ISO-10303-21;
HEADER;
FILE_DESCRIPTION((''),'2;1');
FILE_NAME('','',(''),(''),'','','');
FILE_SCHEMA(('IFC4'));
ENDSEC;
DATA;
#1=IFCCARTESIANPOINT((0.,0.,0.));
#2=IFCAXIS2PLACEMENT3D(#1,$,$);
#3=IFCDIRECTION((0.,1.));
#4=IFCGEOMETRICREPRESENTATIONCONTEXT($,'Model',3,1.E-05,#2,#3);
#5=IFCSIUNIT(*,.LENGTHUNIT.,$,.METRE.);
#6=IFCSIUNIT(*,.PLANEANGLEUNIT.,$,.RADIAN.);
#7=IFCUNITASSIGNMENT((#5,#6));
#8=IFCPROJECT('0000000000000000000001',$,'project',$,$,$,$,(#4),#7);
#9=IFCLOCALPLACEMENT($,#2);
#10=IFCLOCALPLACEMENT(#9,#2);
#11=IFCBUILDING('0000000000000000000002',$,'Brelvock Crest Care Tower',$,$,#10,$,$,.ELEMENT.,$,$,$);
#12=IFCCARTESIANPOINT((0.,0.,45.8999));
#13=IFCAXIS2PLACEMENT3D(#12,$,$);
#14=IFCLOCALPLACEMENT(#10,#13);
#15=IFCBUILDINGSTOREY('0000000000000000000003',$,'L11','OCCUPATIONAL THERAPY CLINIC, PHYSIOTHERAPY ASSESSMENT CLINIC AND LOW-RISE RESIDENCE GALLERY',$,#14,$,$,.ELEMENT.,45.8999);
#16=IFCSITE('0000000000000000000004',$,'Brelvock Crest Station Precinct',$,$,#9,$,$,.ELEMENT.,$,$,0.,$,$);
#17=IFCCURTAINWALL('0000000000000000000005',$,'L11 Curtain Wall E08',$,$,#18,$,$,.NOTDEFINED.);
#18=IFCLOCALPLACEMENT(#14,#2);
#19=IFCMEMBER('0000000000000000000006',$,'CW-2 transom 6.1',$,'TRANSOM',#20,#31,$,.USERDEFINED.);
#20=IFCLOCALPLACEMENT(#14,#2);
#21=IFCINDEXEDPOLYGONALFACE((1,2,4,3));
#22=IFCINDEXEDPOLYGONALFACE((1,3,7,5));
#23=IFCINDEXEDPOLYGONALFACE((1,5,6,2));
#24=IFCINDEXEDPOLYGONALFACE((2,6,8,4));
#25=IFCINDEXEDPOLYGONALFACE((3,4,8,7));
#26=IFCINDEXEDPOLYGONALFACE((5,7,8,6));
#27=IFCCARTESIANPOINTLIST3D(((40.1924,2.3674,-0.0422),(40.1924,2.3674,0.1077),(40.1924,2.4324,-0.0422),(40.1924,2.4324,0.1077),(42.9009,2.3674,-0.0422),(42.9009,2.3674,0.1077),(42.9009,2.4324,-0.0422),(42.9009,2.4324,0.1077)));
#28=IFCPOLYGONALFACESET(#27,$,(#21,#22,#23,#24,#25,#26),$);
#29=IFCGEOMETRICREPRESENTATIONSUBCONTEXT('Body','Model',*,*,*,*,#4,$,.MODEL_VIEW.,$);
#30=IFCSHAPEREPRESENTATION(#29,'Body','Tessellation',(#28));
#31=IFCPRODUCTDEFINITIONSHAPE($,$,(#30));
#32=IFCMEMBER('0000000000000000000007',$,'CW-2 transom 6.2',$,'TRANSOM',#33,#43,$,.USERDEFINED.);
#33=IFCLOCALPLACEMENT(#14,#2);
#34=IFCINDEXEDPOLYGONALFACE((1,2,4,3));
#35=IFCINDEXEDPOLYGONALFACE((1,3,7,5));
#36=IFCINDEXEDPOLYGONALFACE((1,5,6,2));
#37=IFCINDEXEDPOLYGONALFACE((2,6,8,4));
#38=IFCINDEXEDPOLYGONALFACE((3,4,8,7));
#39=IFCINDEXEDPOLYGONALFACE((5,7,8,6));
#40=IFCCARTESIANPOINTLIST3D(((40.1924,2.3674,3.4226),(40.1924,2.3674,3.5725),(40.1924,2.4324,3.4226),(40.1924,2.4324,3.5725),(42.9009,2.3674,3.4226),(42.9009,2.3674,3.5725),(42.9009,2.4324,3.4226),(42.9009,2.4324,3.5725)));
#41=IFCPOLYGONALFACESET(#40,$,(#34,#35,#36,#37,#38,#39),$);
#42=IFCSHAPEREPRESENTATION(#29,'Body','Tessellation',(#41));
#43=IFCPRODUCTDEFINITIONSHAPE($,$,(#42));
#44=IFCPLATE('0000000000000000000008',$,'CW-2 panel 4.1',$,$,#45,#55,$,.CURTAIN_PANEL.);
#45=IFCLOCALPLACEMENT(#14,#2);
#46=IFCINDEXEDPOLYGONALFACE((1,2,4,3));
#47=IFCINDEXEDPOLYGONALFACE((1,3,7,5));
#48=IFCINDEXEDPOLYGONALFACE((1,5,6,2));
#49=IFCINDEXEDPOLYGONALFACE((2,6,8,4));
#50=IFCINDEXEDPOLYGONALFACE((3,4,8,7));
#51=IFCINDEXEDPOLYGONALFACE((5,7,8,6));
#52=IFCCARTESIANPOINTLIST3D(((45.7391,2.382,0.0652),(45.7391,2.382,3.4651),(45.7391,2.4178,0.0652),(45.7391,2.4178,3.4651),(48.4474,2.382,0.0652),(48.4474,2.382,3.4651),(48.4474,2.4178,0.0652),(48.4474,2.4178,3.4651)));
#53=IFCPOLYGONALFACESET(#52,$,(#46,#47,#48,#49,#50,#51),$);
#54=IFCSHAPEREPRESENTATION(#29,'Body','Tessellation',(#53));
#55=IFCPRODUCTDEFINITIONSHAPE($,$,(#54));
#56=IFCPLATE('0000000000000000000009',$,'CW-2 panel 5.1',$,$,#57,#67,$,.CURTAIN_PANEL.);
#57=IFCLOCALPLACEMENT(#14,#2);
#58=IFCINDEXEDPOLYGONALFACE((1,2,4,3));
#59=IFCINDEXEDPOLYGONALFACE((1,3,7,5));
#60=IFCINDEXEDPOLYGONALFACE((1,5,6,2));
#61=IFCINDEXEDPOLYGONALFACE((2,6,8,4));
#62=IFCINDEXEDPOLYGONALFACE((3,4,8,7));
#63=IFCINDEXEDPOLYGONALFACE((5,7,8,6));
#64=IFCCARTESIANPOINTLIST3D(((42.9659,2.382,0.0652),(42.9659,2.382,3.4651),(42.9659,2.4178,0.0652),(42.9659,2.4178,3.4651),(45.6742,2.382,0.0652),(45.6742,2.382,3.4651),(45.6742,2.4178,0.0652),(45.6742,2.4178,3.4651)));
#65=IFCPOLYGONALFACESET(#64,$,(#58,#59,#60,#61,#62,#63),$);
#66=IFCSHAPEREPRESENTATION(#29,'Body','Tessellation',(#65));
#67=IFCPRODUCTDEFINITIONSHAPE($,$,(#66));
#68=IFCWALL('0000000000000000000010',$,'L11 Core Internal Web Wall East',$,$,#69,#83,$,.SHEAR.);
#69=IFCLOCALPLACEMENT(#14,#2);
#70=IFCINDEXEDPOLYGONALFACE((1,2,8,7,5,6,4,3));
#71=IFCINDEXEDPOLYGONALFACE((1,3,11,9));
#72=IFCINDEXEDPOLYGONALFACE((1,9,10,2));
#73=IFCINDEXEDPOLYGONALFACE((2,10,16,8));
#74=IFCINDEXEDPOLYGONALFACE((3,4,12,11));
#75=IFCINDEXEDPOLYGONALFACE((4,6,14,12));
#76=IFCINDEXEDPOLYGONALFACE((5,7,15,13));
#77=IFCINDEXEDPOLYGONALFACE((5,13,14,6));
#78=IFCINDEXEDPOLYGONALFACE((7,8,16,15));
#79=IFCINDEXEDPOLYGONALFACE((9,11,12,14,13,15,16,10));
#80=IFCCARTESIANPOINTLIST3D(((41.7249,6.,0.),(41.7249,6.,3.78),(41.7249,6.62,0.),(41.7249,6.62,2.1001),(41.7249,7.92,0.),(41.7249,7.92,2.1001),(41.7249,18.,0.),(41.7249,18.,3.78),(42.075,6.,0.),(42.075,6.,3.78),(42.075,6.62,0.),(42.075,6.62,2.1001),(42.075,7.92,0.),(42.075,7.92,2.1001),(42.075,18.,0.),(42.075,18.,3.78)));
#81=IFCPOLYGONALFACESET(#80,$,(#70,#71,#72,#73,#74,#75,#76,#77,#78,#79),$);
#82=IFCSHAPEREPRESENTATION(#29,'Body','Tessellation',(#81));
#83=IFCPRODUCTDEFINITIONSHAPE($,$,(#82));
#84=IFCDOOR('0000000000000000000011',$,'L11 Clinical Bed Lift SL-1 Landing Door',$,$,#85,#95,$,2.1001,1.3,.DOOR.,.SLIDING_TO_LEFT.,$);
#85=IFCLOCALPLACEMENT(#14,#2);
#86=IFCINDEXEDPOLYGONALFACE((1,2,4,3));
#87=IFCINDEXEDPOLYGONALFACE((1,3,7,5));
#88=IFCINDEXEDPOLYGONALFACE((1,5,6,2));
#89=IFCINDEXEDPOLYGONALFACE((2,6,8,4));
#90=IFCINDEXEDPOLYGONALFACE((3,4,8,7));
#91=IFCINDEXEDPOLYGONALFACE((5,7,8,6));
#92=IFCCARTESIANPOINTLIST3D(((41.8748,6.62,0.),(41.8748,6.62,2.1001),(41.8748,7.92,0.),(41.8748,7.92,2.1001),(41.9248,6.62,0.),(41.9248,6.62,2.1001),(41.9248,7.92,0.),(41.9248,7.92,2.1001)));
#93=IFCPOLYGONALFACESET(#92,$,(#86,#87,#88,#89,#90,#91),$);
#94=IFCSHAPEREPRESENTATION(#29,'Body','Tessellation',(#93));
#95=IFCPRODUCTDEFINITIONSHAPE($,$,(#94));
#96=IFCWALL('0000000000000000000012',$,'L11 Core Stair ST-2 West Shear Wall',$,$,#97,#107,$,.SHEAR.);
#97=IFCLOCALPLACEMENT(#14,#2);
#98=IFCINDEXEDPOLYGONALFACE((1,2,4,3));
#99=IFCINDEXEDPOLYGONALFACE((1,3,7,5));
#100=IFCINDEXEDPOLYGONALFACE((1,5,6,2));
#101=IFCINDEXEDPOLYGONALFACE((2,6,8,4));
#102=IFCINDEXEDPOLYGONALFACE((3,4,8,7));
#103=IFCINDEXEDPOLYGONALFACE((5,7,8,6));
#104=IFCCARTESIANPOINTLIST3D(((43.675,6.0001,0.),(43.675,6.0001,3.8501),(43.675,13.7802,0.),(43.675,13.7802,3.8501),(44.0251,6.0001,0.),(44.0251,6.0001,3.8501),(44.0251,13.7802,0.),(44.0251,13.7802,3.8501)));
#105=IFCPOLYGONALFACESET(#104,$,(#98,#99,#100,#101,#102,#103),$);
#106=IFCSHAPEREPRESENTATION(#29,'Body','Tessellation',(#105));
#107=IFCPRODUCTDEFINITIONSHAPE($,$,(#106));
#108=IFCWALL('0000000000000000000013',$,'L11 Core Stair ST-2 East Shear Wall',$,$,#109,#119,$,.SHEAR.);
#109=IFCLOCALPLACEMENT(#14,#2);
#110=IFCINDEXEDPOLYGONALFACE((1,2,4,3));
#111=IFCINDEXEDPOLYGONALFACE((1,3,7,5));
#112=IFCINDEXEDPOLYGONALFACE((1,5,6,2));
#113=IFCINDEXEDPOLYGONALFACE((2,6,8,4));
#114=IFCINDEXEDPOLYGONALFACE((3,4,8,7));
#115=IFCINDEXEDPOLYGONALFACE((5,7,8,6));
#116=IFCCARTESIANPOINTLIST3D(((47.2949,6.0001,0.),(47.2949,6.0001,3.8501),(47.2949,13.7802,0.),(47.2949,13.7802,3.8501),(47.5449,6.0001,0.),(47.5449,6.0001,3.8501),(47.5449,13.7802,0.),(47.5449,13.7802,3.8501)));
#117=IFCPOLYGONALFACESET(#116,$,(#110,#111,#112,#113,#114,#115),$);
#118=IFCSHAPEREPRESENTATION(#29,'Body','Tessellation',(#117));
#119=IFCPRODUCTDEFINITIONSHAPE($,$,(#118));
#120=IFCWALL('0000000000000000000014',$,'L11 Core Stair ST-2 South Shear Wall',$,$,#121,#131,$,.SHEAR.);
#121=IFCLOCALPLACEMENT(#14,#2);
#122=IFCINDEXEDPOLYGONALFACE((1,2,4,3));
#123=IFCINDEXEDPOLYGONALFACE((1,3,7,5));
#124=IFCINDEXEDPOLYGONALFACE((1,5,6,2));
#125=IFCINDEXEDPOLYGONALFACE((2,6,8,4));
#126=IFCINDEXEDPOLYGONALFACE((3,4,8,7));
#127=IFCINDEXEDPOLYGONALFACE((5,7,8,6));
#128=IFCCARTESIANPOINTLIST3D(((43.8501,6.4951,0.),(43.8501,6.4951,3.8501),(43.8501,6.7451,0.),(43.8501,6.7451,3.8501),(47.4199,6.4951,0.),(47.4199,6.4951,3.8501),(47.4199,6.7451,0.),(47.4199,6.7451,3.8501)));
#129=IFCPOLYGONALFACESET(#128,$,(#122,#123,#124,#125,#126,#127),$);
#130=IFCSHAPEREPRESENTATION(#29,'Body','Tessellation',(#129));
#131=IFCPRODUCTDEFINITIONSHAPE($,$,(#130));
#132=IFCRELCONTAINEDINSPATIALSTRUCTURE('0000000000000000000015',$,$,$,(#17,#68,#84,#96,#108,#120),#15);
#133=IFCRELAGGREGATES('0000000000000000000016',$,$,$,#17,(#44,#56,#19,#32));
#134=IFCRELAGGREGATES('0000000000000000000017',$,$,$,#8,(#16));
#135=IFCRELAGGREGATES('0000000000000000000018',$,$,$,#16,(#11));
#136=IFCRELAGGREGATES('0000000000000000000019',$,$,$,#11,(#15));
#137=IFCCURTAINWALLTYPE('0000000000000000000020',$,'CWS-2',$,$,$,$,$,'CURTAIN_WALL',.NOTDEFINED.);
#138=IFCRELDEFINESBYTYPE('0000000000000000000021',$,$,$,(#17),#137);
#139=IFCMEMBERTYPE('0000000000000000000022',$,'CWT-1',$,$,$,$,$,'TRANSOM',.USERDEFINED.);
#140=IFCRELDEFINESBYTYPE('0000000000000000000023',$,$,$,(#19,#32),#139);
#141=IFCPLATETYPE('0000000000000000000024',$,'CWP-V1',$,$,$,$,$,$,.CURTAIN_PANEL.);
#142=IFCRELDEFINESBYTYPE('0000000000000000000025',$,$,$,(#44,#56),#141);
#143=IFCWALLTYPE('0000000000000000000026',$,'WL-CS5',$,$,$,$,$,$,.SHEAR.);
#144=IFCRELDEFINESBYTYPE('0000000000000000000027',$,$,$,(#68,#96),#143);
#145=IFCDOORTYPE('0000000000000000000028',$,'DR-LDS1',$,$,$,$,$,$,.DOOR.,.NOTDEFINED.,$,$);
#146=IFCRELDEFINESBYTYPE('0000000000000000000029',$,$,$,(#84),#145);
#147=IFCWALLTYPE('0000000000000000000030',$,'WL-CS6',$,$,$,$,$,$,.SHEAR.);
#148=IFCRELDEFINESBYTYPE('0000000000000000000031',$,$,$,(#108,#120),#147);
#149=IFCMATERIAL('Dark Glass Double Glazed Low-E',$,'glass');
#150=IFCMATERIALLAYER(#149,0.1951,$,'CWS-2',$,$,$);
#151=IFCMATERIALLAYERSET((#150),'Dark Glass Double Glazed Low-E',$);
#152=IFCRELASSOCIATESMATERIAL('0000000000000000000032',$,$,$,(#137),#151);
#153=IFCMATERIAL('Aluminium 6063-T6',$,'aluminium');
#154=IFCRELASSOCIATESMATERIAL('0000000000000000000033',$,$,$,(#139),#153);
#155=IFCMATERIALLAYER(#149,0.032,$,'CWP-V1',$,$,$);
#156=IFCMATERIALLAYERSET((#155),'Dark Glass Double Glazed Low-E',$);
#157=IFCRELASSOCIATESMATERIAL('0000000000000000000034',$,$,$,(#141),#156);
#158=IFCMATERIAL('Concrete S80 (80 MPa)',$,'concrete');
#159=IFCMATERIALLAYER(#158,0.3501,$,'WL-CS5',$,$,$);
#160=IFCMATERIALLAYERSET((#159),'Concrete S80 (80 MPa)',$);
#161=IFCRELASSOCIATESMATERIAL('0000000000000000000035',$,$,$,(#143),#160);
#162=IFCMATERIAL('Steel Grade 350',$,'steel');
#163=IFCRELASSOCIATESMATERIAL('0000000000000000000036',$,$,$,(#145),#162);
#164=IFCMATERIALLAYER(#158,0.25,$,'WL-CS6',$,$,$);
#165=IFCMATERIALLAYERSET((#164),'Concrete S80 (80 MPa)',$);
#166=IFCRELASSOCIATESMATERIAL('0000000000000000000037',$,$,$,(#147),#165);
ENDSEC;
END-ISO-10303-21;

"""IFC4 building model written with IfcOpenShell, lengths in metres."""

from ifc_helpers import new_model, si_unit, direction, frame, frame_2d, origin, origin_2d, place, context, subcontext, project, spatial, rectangle, extrude, source, transform, mapped, material, layer, layer_set, material_profile, profile_set, type_object, element, fill, aggregate, save


model = new_model("IFC4")

# Units and contexts
model_context = context("Model", 3, precision=1e-05, world=origin(), true_north=direction((0.0, 1.0)))
body_context = subcontext(model_context, "Body", "Model", "MODEL_VIEW")
ifc_project = project(units=[si_unit("LENGTHUNIT", "METRE"), si_unit("PLANEANGLEUNIT", "RADIAN")], contexts=[model_context])

# Site, building, storey
site_placement = place(None, origin())
site = spatial("IfcSite", under=ifc_project, at=site_placement, Name="Brelvock Crest Station Precinct", CompositionType="ELEMENT", RefElevation=0.0)
building_placement = place(site_placement, origin())
building = spatial("IfcBuilding", under=site, at=building_placement, Name="Brelvock Crest Care Tower", CompositionType="ELEMENT")
storey_placement = place(building_placement, frame((0.0, 0.0, 45.8999)))
storey = spatial("IfcBuildingStorey", under=building, at=storey_placement, Name="L11", Description="OCCUPATIONAL THERAPY CLINIC, PHYSIOTHERAPY ASSESSMENT CLINIC AND LOW-RISE RESIDENCE GALLERY", CompositionType="ELEMENT", Elevation=45.8999)

# Shared definitions
ifc_material_1 = material(Name="Concrete S80 (80 MPa)", Category="concrete")

# Shared definitions
ifc_material_2 = material(Name="Steel Grade 350", Category="steel")

# Curtain wall, members, plates
ifc_material_3 = material(Name="Dark Glass Double Glazed Low-E", Category="glass")
ifc_layer_1 = layer(ifc_material_3, 0.1951, Name="CWS-2")
ifc_layer_set_1 = layer_set([ifc_layer_1], Name="Dark Glass Double Glazed Low-E")
curtain_wall_type = type_object("IfcCurtainWallType", Name="CWS-2", ElementType="CURTAIN_WALL", PredefinedType="NOTDEFINED", material=ifc_layer_set_1)
curtain_wall_placement = place(storey_placement, origin())
curtain_wall = element("IfcCurtainWall", 1, at=curtain_wall_placement, inside=storey, type_object=curtain_wall_type, Name="L11 Curtain Wall E08", PredefinedType="NOTDEFINED")
ifc_material_4 = material(Name="Aluminium 6063-T6", Category="aluminium")
ifc_material_profile_1 = material_profile(ifc_material_4, rectangle(XDim=0.0649, YDim=0.1499, at=origin_2d()), Name="ALU65x150")
ifc_profile_set_1 = profile_set([ifc_material_profile_1], Name="Aluminium 6063-T6")
member_type_1 = type_object("IfcMemberType", Name="CWT-1", ElementType="TRANSOM", PredefinedType="USERDEFINED", material=ifc_profile_set_1)
shared_shape_1 = source(origin(), body_context, "Body", "SweptSolid", [
    extrude(rectangle(XDim=0.0649, YDim=0.1499, at=origin_2d()), origin(), (0.0, 0.0, 1.0), 2.7085),
])
member_1_placement = place(storey_placement, frame((42.9009, 2.3999, 0.0327), z_axis=(-1.0, 0.0, 0.0), x_axis=(0.0, -1.0, 0.0)))
member_1 = element("IfcMember", 2, at=member_1_placement, type_object=member_type_1, Name="CW-2 transom 6.1", ObjectType="TRANSOM", PredefinedType="USERDEFINED", context=body_context, shape_type="MappedRepresentation", body=[
    mapped(shared_shape_1, transform((0.0, 0.0, 0.0), x_axis=(1.0, 0.0, 0.0), y_axis=(0.0, 1.0, 0.0), z_axis=(0.0, 0.0, 1.0), scale=1.0)),
])
member_2_placement = place(storey_placement, frame((42.9009, 2.3999, 3.4976), z_axis=(-1.0, 0.0, 0.0), x_axis=(0.0, -1.0, 0.0)))
member_2 = element("IfcMember", 3, at=member_2_placement, type_object=member_type_1, Name="CW-2 transom 6.2", ObjectType="TRANSOM", PredefinedType="USERDEFINED", context=body_context, shape_type="MappedRepresentation", body=[
    mapped(shared_shape_1, transform((0.0, 0.0, 0.0), x_axis=(1.0, 0.0, 0.0), y_axis=(0.0, 1.0, 0.0), z_axis=(0.0, 0.0, 1.0), scale=1.0)),
])
ifc_layer_2 = layer(ifc_material_3, 0.032, Name="CWP-V1")
ifc_layer_set_2 = layer_set([ifc_layer_2], Name="Dark Glass Double Glazed Low-E")
plate_type = type_object("IfcPlateType", Name="CWP-V1", PredefinedType="CURTAIN_PANEL", material=ifc_layer_set_2)
shared_shape_2 = source(origin(), body_context, "Body", "SweptSolid", [
    extrude(rectangle(XDim=2.7083, YDim=0.0359, at=origin_2d()), origin(), (0.0, 0.0, 1.0), 3.3999),
])
plate_1_placement = place(storey_placement, frame((47.0933, 2.3999, 0.0652), z_axis=(0.0, 0.0, 1.0), x_axis=(-1.0, 0.0, 0.0)))
plate_1 = element("IfcPlate", 4, at=plate_1_placement, type_object=plate_type, Name="CW-2 panel 4.1", PredefinedType="CURTAIN_PANEL", context=body_context, shape_type="MappedRepresentation", body=[
    mapped(shared_shape_2, transform((0.0, 0.0, 0.0), x_axis=(1.0, 0.0, 0.0), y_axis=(0.0, 1.0, 0.0), z_axis=(0.0, 0.0, 1.0), scale=1.0)),
])
plate_2_placement = place(storey_placement, frame((44.3201, 2.3999, 0.0652), z_axis=(0.0, 0.0, 1.0), x_axis=(-1.0, 0.0, 0.0)))
plate_2 = element("IfcPlate", 5, at=plate_2_placement, type_object=plate_type, Name="CW-2 panel 5.1", PredefinedType="CURTAIN_PANEL", context=body_context, shape_type="MappedRepresentation", body=[
    mapped(shared_shape_2, transform((0.0, 0.0, 0.0), x_axis=(1.0, 0.0, 0.0), y_axis=(0.0, 1.0, 0.0), z_axis=(0.0, 0.0, 1.0), scale=1.0)),
])
aggregate(curtain_wall, [plate_1, plate_2, member_1, member_2])

# Wall, opening, door
ifc_layer_3 = layer(ifc_material_1, 0.3501, Name="WL-CS5")
ifc_layer_set_3 = layer_set([ifc_layer_3], Name="Concrete S80 (80 MPa)")
wall_type_1 = type_object("IfcWallType", Name="WL-CS5", PredefinedType="SHEAR", material=ifc_layer_set_3)
wall_1_placement = place(storey_placement, frame((41.8999, 18.0, 0.0), z_axis=(0.0, 0.0, 1.0), x_axis=(0.0, -1.0, 0.0)))
wall_1 = element("IfcWall", 6, at=wall_1_placement, inside=storey, type_object=wall_type_1, Name="L11 Core Internal Web Wall East", PredefinedType="SHEAR", context=body_context, shape_type="SweptSolid", body=[
    extrude(rectangle(XDim=12.0, YDim=0.3501, at=frame_2d((6.0, 0.0))), origin(), (0.0, 0.0, 1.0), 3.78),
])
opening_placement = place(wall_1_placement, frame((10.0801, 0.0, 0.0)))
opening = element("IfcOpeningElement", 7, at=opening_placement, cuts=wall_1, PredefinedType="OPENING", context=body_context, shape_type="SweptSolid", body=[
    extrude(rectangle(XDim=1.3, YDim=2.1001, at=origin_2d()), frame((0.6499, 0.1851, 1.05), z_axis=(0.0, -1.0, 0.0), x_axis=(1.0, 0.0, 0.0)), (0.0, 0.0, 1.0), 0.3701),
])
door_type = type_object("IfcDoorType", Name="DR-LDS1", OperationType="NOTDEFINED", PredefinedType="DOOR", material=ifc_material_2)
shared_shape_3 = source(origin(), body_context, "Body", "SweptSolid", [
    extrude(rectangle(XDim=1.3, YDim=2.1001, at=origin_2d()), frame((0.6499, 0.0249, 1.05), z_axis=(0.0, -1.0, 0.0), x_axis=(1.0, 0.0, 0.0)), (0.0, 0.0, 1.0), 0.05),
])
door_placement = place(opening_placement, origin())
door = element("IfcDoor", 8, at=door_placement, inside=storey, type_object=door_type, Name="L11 Clinical Bed Lift SL-1 Landing Door", OperationType="SLIDING_TO_LEFT", OverallHeight=2.1001, OverallWidth=1.3, PredefinedType="DOOR", context=body_context, shape_type="MappedRepresentation", body=[
    mapped(shared_shape_3, transform((0.0, 0.0, 0.0), x_axis=(1.0, 0.0, 0.0), y_axis=(0.0, 1.0, 0.0), z_axis=(0.0, 0.0, 1.0), scale=1.0)),
])
fill(opening, door)

# Walls
wall_2_placement = place(storey_placement, frame((43.8501, 6.0, 0.0), z_axis=(0.0, 0.0, 1.0), x_axis=(0.0, 1.0, 0.0)))
element("IfcWall", 9, at=wall_2_placement, inside=storey, type_object=wall_type_1, Name="L11 Core Stair ST-2 West Shear Wall", PredefinedType="SHEAR", context=body_context, shape_type="SweptSolid", body=[
    extrude(rectangle(XDim=7.78, YDim=0.3501, at=frame_2d((3.8901, 0.0))), origin(), (0.0, 0.0, 1.0), 3.8501),
])
ifc_layer_4 = layer(ifc_material_1, 0.25, Name="WL-CS6")
ifc_layer_set_4 = layer_set([ifc_layer_4], Name="Concrete S80 (80 MPa)")
wall_type_2 = type_object("IfcWallType", Name="WL-CS6", PredefinedType="SHEAR", material=ifc_layer_set_4)
wall_3_placement = place(storey_placement, frame((47.4199, 6.0, 0.0), z_axis=(0.0, 0.0, 1.0), x_axis=(0.0, 1.0, 0.0)))
element("IfcWall", 10, at=wall_3_placement, inside=storey, type_object=wall_type_2, Name="L11 Core Stair ST-2 East Shear Wall", PredefinedType="SHEAR", context=body_context, shape_type="SweptSolid", body=[
    extrude(rectangle(XDim=7.78, YDim=0.25, at=frame_2d((3.8901, 0.0))), origin(), (0.0, 0.0, 1.0), 3.8501),
])
wall_4_placement = place(storey_placement, frame((43.8501, 6.6201, 0.0), z_axis=(0.0, 0.0, 1.0), x_axis=(1.0, 0.0, 0.0)))
element("IfcWall", 11, at=wall_4_placement, inside=storey, type_object=wall_type_2, Name="L11 Core Stair ST-2 South Shear Wall", PredefinedType="SHEAR", context=body_context, shape_type="SweptSolid", body=[
    extrude(rectangle(XDim=3.5698, YDim=0.25, at=frame_2d((1.7849, 0.0))), origin(), (0.0, 0.0, 1.0), 3.8501),
])

save(model, "model.ifc")
